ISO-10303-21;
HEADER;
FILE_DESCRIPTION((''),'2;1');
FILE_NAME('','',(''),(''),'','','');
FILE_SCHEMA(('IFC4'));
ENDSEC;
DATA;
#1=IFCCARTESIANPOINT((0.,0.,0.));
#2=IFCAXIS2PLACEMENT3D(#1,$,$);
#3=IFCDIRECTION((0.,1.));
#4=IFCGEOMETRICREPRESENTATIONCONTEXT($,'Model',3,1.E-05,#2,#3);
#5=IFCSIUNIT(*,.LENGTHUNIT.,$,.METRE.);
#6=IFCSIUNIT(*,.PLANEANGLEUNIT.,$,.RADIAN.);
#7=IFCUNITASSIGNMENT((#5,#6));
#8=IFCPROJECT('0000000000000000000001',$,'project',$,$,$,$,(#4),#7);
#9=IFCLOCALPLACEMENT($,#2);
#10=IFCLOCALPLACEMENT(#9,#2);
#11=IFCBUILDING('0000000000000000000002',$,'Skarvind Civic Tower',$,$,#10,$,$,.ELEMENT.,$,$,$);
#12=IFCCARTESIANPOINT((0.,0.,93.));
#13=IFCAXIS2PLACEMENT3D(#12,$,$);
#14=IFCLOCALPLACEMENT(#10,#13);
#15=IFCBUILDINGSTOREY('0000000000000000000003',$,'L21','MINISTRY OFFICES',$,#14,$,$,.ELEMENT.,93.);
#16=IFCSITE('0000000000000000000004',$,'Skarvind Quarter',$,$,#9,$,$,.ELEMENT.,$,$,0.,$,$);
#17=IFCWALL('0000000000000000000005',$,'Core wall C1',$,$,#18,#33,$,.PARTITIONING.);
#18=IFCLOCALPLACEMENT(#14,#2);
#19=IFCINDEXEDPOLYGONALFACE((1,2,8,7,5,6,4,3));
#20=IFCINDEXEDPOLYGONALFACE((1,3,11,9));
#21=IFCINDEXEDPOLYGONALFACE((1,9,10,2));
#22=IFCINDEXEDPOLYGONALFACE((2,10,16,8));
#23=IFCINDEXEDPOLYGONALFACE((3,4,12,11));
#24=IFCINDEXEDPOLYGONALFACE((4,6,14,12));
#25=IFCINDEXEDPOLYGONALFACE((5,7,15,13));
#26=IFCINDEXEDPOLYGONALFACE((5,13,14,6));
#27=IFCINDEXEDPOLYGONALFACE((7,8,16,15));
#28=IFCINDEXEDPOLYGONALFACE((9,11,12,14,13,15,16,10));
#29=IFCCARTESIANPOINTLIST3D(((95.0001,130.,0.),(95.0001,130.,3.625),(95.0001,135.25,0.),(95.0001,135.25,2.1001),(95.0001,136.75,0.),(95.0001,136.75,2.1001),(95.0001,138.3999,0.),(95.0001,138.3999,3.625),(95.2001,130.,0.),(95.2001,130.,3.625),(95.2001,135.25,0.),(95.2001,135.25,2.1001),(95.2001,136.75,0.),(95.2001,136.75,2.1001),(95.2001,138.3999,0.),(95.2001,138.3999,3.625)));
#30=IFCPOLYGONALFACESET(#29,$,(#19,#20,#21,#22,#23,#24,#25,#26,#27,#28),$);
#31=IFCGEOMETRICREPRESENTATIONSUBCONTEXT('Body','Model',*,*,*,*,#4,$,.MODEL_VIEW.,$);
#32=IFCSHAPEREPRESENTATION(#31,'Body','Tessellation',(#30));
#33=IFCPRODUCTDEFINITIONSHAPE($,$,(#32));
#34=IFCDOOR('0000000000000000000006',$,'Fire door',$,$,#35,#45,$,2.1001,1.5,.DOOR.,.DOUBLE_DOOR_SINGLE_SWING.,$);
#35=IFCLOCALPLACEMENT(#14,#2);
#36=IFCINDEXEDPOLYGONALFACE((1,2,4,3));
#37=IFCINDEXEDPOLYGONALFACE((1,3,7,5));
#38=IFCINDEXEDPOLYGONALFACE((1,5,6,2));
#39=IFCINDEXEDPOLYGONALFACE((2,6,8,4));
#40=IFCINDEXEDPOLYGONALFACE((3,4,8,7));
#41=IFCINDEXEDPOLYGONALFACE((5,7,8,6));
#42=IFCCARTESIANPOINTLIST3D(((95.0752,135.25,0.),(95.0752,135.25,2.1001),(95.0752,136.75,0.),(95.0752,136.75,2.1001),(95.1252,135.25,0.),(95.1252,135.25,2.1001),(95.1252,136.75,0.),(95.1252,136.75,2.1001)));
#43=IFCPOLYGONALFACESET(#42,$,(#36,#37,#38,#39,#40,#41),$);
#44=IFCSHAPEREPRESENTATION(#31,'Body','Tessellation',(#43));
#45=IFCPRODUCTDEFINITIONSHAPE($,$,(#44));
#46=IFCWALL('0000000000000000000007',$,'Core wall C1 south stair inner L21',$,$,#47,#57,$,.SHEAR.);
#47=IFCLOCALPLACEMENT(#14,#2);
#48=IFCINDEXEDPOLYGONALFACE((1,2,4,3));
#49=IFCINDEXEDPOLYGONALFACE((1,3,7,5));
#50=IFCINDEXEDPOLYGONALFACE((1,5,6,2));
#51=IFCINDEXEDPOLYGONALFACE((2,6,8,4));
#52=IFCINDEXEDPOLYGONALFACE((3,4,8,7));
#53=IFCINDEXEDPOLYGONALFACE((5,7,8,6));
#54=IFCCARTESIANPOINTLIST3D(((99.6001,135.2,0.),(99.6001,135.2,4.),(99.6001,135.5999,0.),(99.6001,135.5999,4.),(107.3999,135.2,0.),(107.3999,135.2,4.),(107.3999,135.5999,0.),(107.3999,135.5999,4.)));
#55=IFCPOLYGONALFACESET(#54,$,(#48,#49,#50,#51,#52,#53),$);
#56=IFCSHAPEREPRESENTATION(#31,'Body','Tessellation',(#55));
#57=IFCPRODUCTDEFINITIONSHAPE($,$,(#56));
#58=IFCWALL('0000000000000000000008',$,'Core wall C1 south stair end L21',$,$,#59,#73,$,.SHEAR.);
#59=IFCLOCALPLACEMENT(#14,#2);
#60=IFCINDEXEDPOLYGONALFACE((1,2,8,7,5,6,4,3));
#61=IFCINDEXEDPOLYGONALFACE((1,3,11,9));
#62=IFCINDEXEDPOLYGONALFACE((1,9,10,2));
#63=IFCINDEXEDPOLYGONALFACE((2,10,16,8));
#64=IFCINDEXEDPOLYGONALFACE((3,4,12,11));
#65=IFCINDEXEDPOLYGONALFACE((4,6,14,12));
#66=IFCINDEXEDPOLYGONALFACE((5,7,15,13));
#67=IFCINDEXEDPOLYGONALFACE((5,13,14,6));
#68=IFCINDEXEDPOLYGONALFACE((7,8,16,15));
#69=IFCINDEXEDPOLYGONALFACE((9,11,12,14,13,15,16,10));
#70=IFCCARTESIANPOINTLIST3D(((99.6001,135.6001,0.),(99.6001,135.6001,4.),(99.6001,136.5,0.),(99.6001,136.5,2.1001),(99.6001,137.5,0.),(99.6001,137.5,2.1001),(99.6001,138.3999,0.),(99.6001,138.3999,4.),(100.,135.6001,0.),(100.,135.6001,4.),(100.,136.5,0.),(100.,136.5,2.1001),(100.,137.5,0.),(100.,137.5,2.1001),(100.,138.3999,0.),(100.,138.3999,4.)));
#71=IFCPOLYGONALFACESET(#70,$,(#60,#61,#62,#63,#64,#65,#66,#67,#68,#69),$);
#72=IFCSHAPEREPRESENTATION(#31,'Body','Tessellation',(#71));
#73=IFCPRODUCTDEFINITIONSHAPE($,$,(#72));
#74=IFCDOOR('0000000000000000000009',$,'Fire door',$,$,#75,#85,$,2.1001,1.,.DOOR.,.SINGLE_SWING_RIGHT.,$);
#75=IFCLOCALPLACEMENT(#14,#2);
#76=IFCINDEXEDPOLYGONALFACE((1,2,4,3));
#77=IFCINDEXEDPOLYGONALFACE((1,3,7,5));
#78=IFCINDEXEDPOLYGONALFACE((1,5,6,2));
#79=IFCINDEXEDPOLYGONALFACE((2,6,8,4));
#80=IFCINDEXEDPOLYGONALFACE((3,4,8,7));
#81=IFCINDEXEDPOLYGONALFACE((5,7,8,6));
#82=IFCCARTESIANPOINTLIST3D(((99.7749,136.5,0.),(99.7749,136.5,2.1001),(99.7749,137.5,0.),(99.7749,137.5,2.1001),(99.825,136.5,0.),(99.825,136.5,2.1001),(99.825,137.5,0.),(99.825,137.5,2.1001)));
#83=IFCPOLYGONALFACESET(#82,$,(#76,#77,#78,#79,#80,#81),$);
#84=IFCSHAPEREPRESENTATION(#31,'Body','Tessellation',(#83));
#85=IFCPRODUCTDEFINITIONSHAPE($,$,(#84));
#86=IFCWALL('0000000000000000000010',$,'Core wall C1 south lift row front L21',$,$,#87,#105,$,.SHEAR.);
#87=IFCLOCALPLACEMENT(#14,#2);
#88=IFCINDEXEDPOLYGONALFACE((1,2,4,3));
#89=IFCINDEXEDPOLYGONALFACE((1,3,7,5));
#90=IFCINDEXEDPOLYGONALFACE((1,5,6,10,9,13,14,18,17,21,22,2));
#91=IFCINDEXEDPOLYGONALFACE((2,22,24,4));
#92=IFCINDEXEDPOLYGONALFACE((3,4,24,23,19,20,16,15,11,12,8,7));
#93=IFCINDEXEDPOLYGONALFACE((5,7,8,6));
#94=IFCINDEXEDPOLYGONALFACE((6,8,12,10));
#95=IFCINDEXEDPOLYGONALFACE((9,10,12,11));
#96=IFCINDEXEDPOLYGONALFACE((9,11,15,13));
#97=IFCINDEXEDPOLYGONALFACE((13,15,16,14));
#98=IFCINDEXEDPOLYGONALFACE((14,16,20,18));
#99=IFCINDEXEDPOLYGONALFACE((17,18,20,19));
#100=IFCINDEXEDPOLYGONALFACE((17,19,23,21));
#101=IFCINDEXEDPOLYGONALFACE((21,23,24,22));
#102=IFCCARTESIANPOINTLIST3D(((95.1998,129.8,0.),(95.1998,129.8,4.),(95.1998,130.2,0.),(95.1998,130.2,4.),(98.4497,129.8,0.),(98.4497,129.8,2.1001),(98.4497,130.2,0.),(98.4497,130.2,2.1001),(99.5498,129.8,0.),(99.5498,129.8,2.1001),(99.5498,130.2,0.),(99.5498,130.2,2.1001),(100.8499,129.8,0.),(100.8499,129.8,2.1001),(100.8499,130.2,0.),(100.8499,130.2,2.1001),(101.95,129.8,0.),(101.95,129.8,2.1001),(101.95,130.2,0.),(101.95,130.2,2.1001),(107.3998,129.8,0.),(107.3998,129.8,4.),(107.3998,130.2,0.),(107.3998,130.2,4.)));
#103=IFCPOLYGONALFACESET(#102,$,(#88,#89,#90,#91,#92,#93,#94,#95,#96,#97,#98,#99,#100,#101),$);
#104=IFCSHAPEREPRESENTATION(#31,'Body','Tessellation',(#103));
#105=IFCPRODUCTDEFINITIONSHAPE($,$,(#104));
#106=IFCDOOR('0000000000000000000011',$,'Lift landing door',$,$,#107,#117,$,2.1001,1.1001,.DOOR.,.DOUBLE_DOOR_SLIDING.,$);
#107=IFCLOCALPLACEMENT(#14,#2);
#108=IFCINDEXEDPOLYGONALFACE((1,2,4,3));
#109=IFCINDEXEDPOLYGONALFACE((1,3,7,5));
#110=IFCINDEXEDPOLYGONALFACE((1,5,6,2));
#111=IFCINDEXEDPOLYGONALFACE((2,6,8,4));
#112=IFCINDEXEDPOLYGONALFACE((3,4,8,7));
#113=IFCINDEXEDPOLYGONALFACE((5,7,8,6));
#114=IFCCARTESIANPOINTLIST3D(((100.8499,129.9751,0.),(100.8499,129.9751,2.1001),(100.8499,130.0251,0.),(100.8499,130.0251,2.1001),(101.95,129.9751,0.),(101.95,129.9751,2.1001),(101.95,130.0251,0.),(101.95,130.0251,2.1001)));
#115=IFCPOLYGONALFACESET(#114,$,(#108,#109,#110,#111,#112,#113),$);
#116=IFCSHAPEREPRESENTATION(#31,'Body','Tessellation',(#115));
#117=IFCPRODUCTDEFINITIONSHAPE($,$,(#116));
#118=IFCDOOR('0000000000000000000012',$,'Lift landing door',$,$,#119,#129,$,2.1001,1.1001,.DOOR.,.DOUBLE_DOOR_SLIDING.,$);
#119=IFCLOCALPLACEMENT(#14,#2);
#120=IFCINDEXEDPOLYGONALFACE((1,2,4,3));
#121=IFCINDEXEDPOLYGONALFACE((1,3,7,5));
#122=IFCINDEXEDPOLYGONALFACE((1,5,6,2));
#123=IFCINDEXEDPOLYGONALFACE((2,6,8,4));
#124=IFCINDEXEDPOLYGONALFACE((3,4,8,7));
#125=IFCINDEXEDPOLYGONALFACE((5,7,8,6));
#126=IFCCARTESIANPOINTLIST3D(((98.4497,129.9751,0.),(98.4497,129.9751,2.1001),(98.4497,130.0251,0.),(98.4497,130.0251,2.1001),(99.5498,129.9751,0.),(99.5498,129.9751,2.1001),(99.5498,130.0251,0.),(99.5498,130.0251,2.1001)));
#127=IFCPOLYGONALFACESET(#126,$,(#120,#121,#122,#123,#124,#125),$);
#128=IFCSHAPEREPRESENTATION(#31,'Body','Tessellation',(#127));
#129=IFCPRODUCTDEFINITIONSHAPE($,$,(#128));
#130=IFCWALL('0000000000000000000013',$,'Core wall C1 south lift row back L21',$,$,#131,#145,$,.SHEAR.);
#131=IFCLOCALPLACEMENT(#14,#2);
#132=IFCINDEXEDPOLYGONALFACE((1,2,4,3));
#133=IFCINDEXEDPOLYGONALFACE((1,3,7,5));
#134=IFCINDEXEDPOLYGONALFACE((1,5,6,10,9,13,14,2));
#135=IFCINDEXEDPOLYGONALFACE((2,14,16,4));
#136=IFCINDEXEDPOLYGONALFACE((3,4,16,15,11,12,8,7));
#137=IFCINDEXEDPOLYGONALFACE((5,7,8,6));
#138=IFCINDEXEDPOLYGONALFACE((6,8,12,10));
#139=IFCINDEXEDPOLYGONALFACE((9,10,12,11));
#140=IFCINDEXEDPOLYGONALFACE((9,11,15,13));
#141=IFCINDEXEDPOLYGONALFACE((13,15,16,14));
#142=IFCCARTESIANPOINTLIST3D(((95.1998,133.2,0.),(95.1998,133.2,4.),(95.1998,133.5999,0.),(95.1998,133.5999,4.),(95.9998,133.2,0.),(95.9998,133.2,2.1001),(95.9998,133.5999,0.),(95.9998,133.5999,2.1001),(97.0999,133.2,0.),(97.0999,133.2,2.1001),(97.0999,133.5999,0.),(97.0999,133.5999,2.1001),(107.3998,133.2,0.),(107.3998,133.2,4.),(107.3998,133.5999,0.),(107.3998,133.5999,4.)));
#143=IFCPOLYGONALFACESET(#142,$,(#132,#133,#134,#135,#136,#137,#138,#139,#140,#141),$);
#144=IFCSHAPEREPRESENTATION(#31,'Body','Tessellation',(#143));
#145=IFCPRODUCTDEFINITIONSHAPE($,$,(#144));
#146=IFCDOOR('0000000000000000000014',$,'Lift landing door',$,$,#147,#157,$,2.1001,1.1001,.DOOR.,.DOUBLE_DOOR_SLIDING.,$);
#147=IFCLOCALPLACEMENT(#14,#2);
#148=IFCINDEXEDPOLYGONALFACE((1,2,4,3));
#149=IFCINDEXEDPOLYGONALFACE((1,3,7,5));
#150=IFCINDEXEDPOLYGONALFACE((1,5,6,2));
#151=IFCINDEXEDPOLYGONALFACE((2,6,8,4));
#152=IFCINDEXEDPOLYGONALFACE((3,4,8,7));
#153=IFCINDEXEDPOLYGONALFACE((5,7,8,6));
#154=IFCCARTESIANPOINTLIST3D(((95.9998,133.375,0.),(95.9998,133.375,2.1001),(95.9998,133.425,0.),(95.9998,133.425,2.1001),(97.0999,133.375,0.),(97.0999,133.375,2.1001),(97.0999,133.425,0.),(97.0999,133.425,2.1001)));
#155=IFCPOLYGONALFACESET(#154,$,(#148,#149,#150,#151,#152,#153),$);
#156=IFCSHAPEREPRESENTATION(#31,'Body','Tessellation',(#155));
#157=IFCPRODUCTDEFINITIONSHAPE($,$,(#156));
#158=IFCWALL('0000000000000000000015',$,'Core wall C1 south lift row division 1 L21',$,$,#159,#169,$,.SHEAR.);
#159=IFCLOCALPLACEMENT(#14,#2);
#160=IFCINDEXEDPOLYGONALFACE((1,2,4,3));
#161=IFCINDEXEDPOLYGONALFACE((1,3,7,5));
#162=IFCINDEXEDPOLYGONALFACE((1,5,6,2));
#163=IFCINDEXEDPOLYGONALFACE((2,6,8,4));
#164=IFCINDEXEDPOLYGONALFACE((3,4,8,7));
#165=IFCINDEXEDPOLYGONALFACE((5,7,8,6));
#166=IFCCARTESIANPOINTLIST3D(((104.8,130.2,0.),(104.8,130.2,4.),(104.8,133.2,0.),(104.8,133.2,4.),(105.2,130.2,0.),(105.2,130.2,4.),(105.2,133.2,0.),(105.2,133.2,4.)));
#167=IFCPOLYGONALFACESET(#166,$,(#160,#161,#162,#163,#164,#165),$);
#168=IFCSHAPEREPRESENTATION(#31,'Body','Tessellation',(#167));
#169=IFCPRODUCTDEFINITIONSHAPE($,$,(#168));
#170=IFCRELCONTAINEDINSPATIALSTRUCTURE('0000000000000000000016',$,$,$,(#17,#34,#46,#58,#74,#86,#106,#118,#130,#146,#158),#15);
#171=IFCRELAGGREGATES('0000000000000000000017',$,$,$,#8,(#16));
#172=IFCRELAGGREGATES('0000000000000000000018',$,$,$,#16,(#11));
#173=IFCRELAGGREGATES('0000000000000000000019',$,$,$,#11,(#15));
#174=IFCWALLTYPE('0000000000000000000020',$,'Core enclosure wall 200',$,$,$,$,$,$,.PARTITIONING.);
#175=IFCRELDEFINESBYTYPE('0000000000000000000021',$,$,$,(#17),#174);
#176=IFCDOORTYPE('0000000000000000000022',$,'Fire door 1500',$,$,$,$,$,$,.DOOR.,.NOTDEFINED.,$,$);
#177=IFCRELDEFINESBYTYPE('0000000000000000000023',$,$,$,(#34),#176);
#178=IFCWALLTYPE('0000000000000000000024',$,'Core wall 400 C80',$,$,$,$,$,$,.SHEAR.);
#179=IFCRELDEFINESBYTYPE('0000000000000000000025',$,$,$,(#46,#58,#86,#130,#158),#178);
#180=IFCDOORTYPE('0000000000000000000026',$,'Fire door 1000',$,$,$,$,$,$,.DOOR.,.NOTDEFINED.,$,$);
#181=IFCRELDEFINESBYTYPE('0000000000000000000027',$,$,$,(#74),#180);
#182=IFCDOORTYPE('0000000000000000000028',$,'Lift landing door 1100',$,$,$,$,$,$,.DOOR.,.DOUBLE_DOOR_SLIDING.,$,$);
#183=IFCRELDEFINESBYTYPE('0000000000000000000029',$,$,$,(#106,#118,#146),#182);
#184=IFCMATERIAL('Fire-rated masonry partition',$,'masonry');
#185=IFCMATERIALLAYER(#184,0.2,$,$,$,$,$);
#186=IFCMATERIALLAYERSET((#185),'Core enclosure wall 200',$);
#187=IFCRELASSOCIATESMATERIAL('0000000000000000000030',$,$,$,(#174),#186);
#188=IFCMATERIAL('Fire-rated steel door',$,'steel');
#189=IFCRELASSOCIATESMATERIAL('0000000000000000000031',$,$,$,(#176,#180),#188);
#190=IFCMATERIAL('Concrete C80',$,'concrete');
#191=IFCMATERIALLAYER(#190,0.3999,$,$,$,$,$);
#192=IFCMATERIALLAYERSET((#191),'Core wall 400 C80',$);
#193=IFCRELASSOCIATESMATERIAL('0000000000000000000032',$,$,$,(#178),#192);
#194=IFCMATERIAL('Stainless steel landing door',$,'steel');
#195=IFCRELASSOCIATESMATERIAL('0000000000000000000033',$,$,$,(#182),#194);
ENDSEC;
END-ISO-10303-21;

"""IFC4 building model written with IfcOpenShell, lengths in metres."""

from ifc_helpers import new_model, si_unit, direction, frame, frame_2d, origin, place, context, subcontext, project, spatial, rectangle, extrude, material, layer, layer_set, type_object, element, fill, save


model = new_model("IFC4")

# Units and contexts
model_context = context("Model", 3, precision=1e-05, world=origin(), true_north=direction((0.0, 1.0)))
body_context = subcontext(model_context, "Body", "Model", "MODEL_VIEW")
ifc_project = project(units=[si_unit("LENGTHUNIT", "METRE"), si_unit("PLANEANGLEUNIT", "RADIAN")], contexts=[model_context])

# Site, building, storey
site_placement = place(None, origin())
site = spatial("IfcSite", under=ifc_project, at=site_placement, Name="Skarvind Quarter", CompositionType="ELEMENT", RefElevation=0.0)
building_placement = place(site_placement, origin())
building = spatial("IfcBuilding", under=site, at=building_placement, Name="Skarvind Civic Tower", CompositionType="ELEMENT")
storey_placement = place(building_placement, frame((0.0, 0.0, 93.0)))
storey = spatial("IfcBuildingStorey", under=building, at=storey_placement, Name="L21", Description="MINISTRY OFFICES", CompositionType="ELEMENT", Elevation=93.0)

# Wall, opening, door
ifc_material_1 = material(Name="Fire-rated masonry partition", Category="masonry")
ifc_layer_1 = layer(ifc_material_1, 0.2)
ifc_layer_set_1 = layer_set([ifc_layer_1], Name="Core enclosure wall 200")
wall_type_1 = type_object("IfcWallType", Name="Core enclosure wall 200", PredefinedType="PARTITIONING", material=ifc_layer_set_1)
wall_1_placement = place(storey_placement, frame((95.1001, 130.0, 0.0), z_axis=(0.0, 0.0, 1.0), x_axis=(0.0, 1.0, 0.0)))
wall_1 = element("IfcWall", 1, at=wall_1_placement, inside=storey, type_object=wall_type_1, Name="Core wall C1", PredefinedType="PARTITIONING", context=body_context, shape_type="SweptSolid", body=[
    extrude(rectangle(XDim=8.3999, YDim=0.2, at=frame_2d((4.2, 0.0))), origin(), (0.0, 0.0, 1.0), 3.625),
])
opening_1_placement = place(wall_1_placement, frame((5.25, 0.0, 0.0)))
opening_1 = element("IfcOpeningElement", 2, at=opening_1_placement, cuts=wall_1, PredefinedType="OPENING", context=body_context, shape_type="SweptSolid", body=[
    extrude(rectangle(XDim=1.5, YDim=2.1001, at=frame_2d((0.75, 1.05))), frame((0.0, 0.1099, 0.0), z_axis=(0.0, -1.0, 0.0), x_axis=(1.0, 0.0, 0.0)), (0.0, 0.0, 1.0), 0.22),
])
ifc_material_2 = material(Name="Fire-rated steel door", Category="steel")
door_type_1 = type_object("IfcDoorType", Name="Fire door 1500", OperationType="NOTDEFINED", PredefinedType="DOOR", material=ifc_material_2)
door_1_placement = place(opening_1_placement, origin())
door_1 = element("IfcDoor", 3, at=door_1_placement, inside=storey, type_object=door_type_1, Name="Fire door", OperationType="DOUBLE_DOOR_SINGLE_SWING", OverallHeight=2.1001, OverallWidth=1.5, PredefinedType="DOOR", context=body_context, shape_type="SweptSolid", body=[
    extrude(rectangle(XDim=1.5, YDim=2.1001, at=frame_2d((0.75, 1.05))), frame((0.0, 0.0249, 0.0), z_axis=(0.0, -1.0, 0.0), x_axis=(1.0, 0.0, 0.0)), (0.0, 0.0, 1.0), 0.05),
])
fill(opening_1, door_1)

# Wall
ifc_material_3 = material(Name="Concrete C80", Category="concrete")
ifc_layer_2 = layer(ifc_material_3, 0.3999)
ifc_layer_set_2 = layer_set([ifc_layer_2], Name="Core wall 400 C80")
wall_type_2 = type_object("IfcWallType", Name="Core wall 400 C80", PredefinedType="SHEAR", material=ifc_layer_set_2)
wall_2_placement = place(storey_placement, frame((107.3999, 135.3999, 0.0), z_axis=(0.0, 0.0, 1.0), x_axis=(-1.0, 0.0, 0.0)))
element("IfcWall", 4, at=wall_2_placement, inside=storey, type_object=wall_type_2, Name="Core wall C1 south stair inner L21", PredefinedType="SHEAR", context=body_context, shape_type="SweptSolid", body=[
    extrude(rectangle(XDim=7.7998, YDim=0.3999, at=frame_2d((3.8999, 0.0))), origin(), (0.0, 0.0, 1.0), 4.0),
])

# Wall, opening, door
wall_3_placement = place(storey_placement, frame((99.8, 138.3999, 0.0), z_axis=(0.0, 0.0, 1.0), x_axis=(0.0, -1.0, 0.0)))
wall_3 = element("IfcWall", 5, at=wall_3_placement, inside=storey, type_object=wall_type_2, Name="Core wall C1 south stair end L21", PredefinedType="SHEAR", context=body_context, shape_type="SweptSolid", body=[
    extrude(rectangle(XDim=2.7998, YDim=0.3999, at=frame_2d((1.3999, 0.0))), origin(), (0.0, 0.0, 1.0), 4.0),
])
opening_2_placement = place(wall_3_placement, frame((0.8999, 0.0, 0.0)))
opening_2 = element("IfcOpeningElement", 6, at=opening_2_placement, cuts=wall_3, PredefinedType="OPENING", context=body_context, shape_type="SweptSolid", body=[
    extrude(rectangle(XDim=1.0, YDim=2.1001, at=frame_2d((0.5, 1.05))), frame((0.0, 0.21, 0.0), z_axis=(0.0, -1.0, 0.0), x_axis=(1.0, 0.0, 0.0)), (0.0, 0.0, 1.0), 0.4199),
])
door_type_2 = type_object("IfcDoorType", Name="Fire door 1000", OperationType="NOTDEFINED", PredefinedType="DOOR", material=ifc_material_2)
door_2_placement = place(opening_2_placement, origin())
door_2 = element("IfcDoor", 7, at=door_2_placement, inside=storey, type_object=door_type_2, Name="Fire door", OperationType="SINGLE_SWING_RIGHT", OverallHeight=2.1001, OverallWidth=1.0, PredefinedType="DOOR", context=body_context, shape_type="SweptSolid", body=[
    extrude(rectangle(XDim=1.0, YDim=2.1001, at=frame_2d((0.5, 1.05))), frame((0.0, 0.0249, 0.0), z_axis=(0.0, -1.0, 0.0), x_axis=(1.0, 0.0, 0.0)), (0.0, 0.0, 1.0), 0.05),
])
fill(opening_2, door_2)

# Wall, openings, doors
wall_4_placement = place(storey_placement, frame((107.3999, 130.0, 0.0), z_axis=(0.0, 0.0, 1.0), x_axis=(-1.0, 0.0, 0.0)))
wall_4 = element("IfcWall", 8, at=wall_4_placement, inside=storey, type_object=wall_type_2, Name="Core wall C1 south lift row front L21", PredefinedType="SHEAR", context=body_context, shape_type="SweptSolid", body=[
    extrude(rectangle(XDim=12.2, YDim=0.3999, at=frame_2d((6.1001, 0.0))), origin(), (0.0, 0.0, 1.0), 4.0),
])
opening_3_placement = place(wall_4_placement, frame((5.45, 0.0, 0.0)))
opening_3 = element("IfcOpeningElement", 9, at=opening_3_placement, cuts=wall_4, PredefinedType="OPENING", context=body_context, shape_type="SweptSolid", body=[
    extrude(rectangle(XDim=1.1001, YDim=2.1001, at=frame_2d((0.55, 1.05))), frame((0.0, 0.21, 0.0), z_axis=(0.0, -1.0, 0.0), x_axis=(1.0, 0.0, 0.0)), (0.0, 0.0, 1.0), 0.4199),
])
opening_4_placement = place(wall_4_placement, frame((7.8501, 0.0, 0.0)))
opening_4 = element("IfcOpeningElement", 10, at=opening_4_placement, cuts=wall_4, PredefinedType="OPENING", context=body_context, shape_type="SweptSolid", body=[
    extrude(rectangle(XDim=1.1001, YDim=2.1001, at=frame_2d((0.55, 1.05))), frame((0.0, 0.21, 0.0), z_axis=(0.0, -1.0, 0.0), x_axis=(1.0, 0.0, 0.0)), (0.0, 0.0, 1.0), 0.4199),
])
ifc_material_4 = material(Name="Stainless steel landing door", Category="steel")
door_type_3 = type_object("IfcDoorType", Name="Lift landing door 1100", OperationType="DOUBLE_DOOR_SLIDING", PredefinedType="DOOR", material=ifc_material_4)
door_3_placement = place(opening_3_placement, origin())
door_3 = element("IfcDoor", 11, at=door_3_placement, inside=storey, type_object=door_type_3, Name="Lift landing door", OperationType="DOUBLE_DOOR_SLIDING", OverallHeight=2.1001, OverallWidth=1.1001, PredefinedType="DOOR", context=body_context, shape_type="SweptSolid", body=[
    extrude(rectangle(XDim=1.1001, YDim=2.1001, at=frame_2d((0.55, 1.05))), frame((0.0, 0.0249, 0.0), z_axis=(0.0, -1.0, 0.0), x_axis=(1.0, 0.0, 0.0)), (0.0, 0.0, 1.0), 0.05),
])
fill(opening_3, door_3)
door_4_placement = place(opening_4_placement, origin())
door_4 = element("IfcDoor", 12, at=door_4_placement, inside=storey, type_object=door_type_3, Name="Lift landing door", OperationType="DOUBLE_DOOR_SLIDING", OverallHeight=2.1001, OverallWidth=1.1001, PredefinedType="DOOR", context=body_context, shape_type="SweptSolid", body=[
    extrude(rectangle(XDim=1.1001, YDim=2.1001, at=frame_2d((0.55, 1.05))), frame((0.0, 0.0249, 0.0), z_axis=(0.0, -1.0, 0.0), x_axis=(1.0, 0.0, 0.0)), (0.0, 0.0, 1.0), 0.05),
])
fill(opening_4, door_4)

# Wall, opening, door
wall_5_placement = place(storey_placement, frame((107.3999, 133.3999, 0.0), z_axis=(0.0, 0.0, 1.0), x_axis=(-1.0, 0.0, 0.0)))
wall_5 = element("IfcWall", 13, at=wall_5_placement, inside=storey, type_object=wall_type_2, Name="Core wall C1 south lift row back L21", PredefinedType="SHEAR", context=body_context, shape_type="SweptSolid", body=[
    extrude(rectangle(XDim=12.2, YDim=0.3999, at=frame_2d((6.1001, 0.0))), origin(), (0.0, 0.0, 1.0), 4.0),
])
opening_5_placement = place(wall_5_placement, frame((10.3, 0.0, 0.0)))
opening_5 = element("IfcOpeningElement", 14, at=opening_5_placement, cuts=wall_5, PredefinedType="OPENING", context=body_context, shape_type="SweptSolid", body=[
    extrude(rectangle(XDim=1.1001, YDim=2.1001, at=frame_2d((0.55, 1.05))), frame((0.0, 0.21, 0.0), z_axis=(0.0, -1.0, 0.0), x_axis=(1.0, 0.0, 0.0)), (0.0, 0.0, 1.0), 0.4199),
])
door_5_placement = place(opening_5_placement, origin())
door_5 = element("IfcDoor", 15, at=door_5_placement, inside=storey, type_object=door_type_3, Name="Lift landing door", OperationType="DOUBLE_DOOR_SLIDING", OverallHeight=2.1001, OverallWidth=1.1001, PredefinedType="DOOR", context=body_context, shape_type="SweptSolid", body=[
    extrude(rectangle(XDim=1.1001, YDim=2.1001, at=frame_2d((0.55, 1.05))), frame((0.0, 0.0249, 0.0), z_axis=(0.0, -1.0, 0.0), x_axis=(1.0, 0.0, 0.0)), (0.0, 0.0, 1.0), 0.05),
])
fill(opening_5, door_5)

# Wall
for number, where, z_axis, x_axis, name in (
    (16, (105.0, 133.2, 0.0), (0.0, 0.0, 1.0), (0.0, -1.0, 0.0), "Core wall C1 south lift row division 1 L21"),
):
    element("IfcWall", number, at=place(storey_placement, frame(where, z_axis=z_axis, x_axis=x_axis)), inside=storey, type_object=wall_type_2, Name=name, PredefinedType="SHEAR", context=body_context, shape_type="SweptSolid", body=[
        extrude(rectangle(XDim=3.0, YDim=0.3999, at=frame_2d((1.5, 0.0))), origin(), (0.0, 0.0, 1.0), 4.0),
    ])

save(model, "model.ifc")
